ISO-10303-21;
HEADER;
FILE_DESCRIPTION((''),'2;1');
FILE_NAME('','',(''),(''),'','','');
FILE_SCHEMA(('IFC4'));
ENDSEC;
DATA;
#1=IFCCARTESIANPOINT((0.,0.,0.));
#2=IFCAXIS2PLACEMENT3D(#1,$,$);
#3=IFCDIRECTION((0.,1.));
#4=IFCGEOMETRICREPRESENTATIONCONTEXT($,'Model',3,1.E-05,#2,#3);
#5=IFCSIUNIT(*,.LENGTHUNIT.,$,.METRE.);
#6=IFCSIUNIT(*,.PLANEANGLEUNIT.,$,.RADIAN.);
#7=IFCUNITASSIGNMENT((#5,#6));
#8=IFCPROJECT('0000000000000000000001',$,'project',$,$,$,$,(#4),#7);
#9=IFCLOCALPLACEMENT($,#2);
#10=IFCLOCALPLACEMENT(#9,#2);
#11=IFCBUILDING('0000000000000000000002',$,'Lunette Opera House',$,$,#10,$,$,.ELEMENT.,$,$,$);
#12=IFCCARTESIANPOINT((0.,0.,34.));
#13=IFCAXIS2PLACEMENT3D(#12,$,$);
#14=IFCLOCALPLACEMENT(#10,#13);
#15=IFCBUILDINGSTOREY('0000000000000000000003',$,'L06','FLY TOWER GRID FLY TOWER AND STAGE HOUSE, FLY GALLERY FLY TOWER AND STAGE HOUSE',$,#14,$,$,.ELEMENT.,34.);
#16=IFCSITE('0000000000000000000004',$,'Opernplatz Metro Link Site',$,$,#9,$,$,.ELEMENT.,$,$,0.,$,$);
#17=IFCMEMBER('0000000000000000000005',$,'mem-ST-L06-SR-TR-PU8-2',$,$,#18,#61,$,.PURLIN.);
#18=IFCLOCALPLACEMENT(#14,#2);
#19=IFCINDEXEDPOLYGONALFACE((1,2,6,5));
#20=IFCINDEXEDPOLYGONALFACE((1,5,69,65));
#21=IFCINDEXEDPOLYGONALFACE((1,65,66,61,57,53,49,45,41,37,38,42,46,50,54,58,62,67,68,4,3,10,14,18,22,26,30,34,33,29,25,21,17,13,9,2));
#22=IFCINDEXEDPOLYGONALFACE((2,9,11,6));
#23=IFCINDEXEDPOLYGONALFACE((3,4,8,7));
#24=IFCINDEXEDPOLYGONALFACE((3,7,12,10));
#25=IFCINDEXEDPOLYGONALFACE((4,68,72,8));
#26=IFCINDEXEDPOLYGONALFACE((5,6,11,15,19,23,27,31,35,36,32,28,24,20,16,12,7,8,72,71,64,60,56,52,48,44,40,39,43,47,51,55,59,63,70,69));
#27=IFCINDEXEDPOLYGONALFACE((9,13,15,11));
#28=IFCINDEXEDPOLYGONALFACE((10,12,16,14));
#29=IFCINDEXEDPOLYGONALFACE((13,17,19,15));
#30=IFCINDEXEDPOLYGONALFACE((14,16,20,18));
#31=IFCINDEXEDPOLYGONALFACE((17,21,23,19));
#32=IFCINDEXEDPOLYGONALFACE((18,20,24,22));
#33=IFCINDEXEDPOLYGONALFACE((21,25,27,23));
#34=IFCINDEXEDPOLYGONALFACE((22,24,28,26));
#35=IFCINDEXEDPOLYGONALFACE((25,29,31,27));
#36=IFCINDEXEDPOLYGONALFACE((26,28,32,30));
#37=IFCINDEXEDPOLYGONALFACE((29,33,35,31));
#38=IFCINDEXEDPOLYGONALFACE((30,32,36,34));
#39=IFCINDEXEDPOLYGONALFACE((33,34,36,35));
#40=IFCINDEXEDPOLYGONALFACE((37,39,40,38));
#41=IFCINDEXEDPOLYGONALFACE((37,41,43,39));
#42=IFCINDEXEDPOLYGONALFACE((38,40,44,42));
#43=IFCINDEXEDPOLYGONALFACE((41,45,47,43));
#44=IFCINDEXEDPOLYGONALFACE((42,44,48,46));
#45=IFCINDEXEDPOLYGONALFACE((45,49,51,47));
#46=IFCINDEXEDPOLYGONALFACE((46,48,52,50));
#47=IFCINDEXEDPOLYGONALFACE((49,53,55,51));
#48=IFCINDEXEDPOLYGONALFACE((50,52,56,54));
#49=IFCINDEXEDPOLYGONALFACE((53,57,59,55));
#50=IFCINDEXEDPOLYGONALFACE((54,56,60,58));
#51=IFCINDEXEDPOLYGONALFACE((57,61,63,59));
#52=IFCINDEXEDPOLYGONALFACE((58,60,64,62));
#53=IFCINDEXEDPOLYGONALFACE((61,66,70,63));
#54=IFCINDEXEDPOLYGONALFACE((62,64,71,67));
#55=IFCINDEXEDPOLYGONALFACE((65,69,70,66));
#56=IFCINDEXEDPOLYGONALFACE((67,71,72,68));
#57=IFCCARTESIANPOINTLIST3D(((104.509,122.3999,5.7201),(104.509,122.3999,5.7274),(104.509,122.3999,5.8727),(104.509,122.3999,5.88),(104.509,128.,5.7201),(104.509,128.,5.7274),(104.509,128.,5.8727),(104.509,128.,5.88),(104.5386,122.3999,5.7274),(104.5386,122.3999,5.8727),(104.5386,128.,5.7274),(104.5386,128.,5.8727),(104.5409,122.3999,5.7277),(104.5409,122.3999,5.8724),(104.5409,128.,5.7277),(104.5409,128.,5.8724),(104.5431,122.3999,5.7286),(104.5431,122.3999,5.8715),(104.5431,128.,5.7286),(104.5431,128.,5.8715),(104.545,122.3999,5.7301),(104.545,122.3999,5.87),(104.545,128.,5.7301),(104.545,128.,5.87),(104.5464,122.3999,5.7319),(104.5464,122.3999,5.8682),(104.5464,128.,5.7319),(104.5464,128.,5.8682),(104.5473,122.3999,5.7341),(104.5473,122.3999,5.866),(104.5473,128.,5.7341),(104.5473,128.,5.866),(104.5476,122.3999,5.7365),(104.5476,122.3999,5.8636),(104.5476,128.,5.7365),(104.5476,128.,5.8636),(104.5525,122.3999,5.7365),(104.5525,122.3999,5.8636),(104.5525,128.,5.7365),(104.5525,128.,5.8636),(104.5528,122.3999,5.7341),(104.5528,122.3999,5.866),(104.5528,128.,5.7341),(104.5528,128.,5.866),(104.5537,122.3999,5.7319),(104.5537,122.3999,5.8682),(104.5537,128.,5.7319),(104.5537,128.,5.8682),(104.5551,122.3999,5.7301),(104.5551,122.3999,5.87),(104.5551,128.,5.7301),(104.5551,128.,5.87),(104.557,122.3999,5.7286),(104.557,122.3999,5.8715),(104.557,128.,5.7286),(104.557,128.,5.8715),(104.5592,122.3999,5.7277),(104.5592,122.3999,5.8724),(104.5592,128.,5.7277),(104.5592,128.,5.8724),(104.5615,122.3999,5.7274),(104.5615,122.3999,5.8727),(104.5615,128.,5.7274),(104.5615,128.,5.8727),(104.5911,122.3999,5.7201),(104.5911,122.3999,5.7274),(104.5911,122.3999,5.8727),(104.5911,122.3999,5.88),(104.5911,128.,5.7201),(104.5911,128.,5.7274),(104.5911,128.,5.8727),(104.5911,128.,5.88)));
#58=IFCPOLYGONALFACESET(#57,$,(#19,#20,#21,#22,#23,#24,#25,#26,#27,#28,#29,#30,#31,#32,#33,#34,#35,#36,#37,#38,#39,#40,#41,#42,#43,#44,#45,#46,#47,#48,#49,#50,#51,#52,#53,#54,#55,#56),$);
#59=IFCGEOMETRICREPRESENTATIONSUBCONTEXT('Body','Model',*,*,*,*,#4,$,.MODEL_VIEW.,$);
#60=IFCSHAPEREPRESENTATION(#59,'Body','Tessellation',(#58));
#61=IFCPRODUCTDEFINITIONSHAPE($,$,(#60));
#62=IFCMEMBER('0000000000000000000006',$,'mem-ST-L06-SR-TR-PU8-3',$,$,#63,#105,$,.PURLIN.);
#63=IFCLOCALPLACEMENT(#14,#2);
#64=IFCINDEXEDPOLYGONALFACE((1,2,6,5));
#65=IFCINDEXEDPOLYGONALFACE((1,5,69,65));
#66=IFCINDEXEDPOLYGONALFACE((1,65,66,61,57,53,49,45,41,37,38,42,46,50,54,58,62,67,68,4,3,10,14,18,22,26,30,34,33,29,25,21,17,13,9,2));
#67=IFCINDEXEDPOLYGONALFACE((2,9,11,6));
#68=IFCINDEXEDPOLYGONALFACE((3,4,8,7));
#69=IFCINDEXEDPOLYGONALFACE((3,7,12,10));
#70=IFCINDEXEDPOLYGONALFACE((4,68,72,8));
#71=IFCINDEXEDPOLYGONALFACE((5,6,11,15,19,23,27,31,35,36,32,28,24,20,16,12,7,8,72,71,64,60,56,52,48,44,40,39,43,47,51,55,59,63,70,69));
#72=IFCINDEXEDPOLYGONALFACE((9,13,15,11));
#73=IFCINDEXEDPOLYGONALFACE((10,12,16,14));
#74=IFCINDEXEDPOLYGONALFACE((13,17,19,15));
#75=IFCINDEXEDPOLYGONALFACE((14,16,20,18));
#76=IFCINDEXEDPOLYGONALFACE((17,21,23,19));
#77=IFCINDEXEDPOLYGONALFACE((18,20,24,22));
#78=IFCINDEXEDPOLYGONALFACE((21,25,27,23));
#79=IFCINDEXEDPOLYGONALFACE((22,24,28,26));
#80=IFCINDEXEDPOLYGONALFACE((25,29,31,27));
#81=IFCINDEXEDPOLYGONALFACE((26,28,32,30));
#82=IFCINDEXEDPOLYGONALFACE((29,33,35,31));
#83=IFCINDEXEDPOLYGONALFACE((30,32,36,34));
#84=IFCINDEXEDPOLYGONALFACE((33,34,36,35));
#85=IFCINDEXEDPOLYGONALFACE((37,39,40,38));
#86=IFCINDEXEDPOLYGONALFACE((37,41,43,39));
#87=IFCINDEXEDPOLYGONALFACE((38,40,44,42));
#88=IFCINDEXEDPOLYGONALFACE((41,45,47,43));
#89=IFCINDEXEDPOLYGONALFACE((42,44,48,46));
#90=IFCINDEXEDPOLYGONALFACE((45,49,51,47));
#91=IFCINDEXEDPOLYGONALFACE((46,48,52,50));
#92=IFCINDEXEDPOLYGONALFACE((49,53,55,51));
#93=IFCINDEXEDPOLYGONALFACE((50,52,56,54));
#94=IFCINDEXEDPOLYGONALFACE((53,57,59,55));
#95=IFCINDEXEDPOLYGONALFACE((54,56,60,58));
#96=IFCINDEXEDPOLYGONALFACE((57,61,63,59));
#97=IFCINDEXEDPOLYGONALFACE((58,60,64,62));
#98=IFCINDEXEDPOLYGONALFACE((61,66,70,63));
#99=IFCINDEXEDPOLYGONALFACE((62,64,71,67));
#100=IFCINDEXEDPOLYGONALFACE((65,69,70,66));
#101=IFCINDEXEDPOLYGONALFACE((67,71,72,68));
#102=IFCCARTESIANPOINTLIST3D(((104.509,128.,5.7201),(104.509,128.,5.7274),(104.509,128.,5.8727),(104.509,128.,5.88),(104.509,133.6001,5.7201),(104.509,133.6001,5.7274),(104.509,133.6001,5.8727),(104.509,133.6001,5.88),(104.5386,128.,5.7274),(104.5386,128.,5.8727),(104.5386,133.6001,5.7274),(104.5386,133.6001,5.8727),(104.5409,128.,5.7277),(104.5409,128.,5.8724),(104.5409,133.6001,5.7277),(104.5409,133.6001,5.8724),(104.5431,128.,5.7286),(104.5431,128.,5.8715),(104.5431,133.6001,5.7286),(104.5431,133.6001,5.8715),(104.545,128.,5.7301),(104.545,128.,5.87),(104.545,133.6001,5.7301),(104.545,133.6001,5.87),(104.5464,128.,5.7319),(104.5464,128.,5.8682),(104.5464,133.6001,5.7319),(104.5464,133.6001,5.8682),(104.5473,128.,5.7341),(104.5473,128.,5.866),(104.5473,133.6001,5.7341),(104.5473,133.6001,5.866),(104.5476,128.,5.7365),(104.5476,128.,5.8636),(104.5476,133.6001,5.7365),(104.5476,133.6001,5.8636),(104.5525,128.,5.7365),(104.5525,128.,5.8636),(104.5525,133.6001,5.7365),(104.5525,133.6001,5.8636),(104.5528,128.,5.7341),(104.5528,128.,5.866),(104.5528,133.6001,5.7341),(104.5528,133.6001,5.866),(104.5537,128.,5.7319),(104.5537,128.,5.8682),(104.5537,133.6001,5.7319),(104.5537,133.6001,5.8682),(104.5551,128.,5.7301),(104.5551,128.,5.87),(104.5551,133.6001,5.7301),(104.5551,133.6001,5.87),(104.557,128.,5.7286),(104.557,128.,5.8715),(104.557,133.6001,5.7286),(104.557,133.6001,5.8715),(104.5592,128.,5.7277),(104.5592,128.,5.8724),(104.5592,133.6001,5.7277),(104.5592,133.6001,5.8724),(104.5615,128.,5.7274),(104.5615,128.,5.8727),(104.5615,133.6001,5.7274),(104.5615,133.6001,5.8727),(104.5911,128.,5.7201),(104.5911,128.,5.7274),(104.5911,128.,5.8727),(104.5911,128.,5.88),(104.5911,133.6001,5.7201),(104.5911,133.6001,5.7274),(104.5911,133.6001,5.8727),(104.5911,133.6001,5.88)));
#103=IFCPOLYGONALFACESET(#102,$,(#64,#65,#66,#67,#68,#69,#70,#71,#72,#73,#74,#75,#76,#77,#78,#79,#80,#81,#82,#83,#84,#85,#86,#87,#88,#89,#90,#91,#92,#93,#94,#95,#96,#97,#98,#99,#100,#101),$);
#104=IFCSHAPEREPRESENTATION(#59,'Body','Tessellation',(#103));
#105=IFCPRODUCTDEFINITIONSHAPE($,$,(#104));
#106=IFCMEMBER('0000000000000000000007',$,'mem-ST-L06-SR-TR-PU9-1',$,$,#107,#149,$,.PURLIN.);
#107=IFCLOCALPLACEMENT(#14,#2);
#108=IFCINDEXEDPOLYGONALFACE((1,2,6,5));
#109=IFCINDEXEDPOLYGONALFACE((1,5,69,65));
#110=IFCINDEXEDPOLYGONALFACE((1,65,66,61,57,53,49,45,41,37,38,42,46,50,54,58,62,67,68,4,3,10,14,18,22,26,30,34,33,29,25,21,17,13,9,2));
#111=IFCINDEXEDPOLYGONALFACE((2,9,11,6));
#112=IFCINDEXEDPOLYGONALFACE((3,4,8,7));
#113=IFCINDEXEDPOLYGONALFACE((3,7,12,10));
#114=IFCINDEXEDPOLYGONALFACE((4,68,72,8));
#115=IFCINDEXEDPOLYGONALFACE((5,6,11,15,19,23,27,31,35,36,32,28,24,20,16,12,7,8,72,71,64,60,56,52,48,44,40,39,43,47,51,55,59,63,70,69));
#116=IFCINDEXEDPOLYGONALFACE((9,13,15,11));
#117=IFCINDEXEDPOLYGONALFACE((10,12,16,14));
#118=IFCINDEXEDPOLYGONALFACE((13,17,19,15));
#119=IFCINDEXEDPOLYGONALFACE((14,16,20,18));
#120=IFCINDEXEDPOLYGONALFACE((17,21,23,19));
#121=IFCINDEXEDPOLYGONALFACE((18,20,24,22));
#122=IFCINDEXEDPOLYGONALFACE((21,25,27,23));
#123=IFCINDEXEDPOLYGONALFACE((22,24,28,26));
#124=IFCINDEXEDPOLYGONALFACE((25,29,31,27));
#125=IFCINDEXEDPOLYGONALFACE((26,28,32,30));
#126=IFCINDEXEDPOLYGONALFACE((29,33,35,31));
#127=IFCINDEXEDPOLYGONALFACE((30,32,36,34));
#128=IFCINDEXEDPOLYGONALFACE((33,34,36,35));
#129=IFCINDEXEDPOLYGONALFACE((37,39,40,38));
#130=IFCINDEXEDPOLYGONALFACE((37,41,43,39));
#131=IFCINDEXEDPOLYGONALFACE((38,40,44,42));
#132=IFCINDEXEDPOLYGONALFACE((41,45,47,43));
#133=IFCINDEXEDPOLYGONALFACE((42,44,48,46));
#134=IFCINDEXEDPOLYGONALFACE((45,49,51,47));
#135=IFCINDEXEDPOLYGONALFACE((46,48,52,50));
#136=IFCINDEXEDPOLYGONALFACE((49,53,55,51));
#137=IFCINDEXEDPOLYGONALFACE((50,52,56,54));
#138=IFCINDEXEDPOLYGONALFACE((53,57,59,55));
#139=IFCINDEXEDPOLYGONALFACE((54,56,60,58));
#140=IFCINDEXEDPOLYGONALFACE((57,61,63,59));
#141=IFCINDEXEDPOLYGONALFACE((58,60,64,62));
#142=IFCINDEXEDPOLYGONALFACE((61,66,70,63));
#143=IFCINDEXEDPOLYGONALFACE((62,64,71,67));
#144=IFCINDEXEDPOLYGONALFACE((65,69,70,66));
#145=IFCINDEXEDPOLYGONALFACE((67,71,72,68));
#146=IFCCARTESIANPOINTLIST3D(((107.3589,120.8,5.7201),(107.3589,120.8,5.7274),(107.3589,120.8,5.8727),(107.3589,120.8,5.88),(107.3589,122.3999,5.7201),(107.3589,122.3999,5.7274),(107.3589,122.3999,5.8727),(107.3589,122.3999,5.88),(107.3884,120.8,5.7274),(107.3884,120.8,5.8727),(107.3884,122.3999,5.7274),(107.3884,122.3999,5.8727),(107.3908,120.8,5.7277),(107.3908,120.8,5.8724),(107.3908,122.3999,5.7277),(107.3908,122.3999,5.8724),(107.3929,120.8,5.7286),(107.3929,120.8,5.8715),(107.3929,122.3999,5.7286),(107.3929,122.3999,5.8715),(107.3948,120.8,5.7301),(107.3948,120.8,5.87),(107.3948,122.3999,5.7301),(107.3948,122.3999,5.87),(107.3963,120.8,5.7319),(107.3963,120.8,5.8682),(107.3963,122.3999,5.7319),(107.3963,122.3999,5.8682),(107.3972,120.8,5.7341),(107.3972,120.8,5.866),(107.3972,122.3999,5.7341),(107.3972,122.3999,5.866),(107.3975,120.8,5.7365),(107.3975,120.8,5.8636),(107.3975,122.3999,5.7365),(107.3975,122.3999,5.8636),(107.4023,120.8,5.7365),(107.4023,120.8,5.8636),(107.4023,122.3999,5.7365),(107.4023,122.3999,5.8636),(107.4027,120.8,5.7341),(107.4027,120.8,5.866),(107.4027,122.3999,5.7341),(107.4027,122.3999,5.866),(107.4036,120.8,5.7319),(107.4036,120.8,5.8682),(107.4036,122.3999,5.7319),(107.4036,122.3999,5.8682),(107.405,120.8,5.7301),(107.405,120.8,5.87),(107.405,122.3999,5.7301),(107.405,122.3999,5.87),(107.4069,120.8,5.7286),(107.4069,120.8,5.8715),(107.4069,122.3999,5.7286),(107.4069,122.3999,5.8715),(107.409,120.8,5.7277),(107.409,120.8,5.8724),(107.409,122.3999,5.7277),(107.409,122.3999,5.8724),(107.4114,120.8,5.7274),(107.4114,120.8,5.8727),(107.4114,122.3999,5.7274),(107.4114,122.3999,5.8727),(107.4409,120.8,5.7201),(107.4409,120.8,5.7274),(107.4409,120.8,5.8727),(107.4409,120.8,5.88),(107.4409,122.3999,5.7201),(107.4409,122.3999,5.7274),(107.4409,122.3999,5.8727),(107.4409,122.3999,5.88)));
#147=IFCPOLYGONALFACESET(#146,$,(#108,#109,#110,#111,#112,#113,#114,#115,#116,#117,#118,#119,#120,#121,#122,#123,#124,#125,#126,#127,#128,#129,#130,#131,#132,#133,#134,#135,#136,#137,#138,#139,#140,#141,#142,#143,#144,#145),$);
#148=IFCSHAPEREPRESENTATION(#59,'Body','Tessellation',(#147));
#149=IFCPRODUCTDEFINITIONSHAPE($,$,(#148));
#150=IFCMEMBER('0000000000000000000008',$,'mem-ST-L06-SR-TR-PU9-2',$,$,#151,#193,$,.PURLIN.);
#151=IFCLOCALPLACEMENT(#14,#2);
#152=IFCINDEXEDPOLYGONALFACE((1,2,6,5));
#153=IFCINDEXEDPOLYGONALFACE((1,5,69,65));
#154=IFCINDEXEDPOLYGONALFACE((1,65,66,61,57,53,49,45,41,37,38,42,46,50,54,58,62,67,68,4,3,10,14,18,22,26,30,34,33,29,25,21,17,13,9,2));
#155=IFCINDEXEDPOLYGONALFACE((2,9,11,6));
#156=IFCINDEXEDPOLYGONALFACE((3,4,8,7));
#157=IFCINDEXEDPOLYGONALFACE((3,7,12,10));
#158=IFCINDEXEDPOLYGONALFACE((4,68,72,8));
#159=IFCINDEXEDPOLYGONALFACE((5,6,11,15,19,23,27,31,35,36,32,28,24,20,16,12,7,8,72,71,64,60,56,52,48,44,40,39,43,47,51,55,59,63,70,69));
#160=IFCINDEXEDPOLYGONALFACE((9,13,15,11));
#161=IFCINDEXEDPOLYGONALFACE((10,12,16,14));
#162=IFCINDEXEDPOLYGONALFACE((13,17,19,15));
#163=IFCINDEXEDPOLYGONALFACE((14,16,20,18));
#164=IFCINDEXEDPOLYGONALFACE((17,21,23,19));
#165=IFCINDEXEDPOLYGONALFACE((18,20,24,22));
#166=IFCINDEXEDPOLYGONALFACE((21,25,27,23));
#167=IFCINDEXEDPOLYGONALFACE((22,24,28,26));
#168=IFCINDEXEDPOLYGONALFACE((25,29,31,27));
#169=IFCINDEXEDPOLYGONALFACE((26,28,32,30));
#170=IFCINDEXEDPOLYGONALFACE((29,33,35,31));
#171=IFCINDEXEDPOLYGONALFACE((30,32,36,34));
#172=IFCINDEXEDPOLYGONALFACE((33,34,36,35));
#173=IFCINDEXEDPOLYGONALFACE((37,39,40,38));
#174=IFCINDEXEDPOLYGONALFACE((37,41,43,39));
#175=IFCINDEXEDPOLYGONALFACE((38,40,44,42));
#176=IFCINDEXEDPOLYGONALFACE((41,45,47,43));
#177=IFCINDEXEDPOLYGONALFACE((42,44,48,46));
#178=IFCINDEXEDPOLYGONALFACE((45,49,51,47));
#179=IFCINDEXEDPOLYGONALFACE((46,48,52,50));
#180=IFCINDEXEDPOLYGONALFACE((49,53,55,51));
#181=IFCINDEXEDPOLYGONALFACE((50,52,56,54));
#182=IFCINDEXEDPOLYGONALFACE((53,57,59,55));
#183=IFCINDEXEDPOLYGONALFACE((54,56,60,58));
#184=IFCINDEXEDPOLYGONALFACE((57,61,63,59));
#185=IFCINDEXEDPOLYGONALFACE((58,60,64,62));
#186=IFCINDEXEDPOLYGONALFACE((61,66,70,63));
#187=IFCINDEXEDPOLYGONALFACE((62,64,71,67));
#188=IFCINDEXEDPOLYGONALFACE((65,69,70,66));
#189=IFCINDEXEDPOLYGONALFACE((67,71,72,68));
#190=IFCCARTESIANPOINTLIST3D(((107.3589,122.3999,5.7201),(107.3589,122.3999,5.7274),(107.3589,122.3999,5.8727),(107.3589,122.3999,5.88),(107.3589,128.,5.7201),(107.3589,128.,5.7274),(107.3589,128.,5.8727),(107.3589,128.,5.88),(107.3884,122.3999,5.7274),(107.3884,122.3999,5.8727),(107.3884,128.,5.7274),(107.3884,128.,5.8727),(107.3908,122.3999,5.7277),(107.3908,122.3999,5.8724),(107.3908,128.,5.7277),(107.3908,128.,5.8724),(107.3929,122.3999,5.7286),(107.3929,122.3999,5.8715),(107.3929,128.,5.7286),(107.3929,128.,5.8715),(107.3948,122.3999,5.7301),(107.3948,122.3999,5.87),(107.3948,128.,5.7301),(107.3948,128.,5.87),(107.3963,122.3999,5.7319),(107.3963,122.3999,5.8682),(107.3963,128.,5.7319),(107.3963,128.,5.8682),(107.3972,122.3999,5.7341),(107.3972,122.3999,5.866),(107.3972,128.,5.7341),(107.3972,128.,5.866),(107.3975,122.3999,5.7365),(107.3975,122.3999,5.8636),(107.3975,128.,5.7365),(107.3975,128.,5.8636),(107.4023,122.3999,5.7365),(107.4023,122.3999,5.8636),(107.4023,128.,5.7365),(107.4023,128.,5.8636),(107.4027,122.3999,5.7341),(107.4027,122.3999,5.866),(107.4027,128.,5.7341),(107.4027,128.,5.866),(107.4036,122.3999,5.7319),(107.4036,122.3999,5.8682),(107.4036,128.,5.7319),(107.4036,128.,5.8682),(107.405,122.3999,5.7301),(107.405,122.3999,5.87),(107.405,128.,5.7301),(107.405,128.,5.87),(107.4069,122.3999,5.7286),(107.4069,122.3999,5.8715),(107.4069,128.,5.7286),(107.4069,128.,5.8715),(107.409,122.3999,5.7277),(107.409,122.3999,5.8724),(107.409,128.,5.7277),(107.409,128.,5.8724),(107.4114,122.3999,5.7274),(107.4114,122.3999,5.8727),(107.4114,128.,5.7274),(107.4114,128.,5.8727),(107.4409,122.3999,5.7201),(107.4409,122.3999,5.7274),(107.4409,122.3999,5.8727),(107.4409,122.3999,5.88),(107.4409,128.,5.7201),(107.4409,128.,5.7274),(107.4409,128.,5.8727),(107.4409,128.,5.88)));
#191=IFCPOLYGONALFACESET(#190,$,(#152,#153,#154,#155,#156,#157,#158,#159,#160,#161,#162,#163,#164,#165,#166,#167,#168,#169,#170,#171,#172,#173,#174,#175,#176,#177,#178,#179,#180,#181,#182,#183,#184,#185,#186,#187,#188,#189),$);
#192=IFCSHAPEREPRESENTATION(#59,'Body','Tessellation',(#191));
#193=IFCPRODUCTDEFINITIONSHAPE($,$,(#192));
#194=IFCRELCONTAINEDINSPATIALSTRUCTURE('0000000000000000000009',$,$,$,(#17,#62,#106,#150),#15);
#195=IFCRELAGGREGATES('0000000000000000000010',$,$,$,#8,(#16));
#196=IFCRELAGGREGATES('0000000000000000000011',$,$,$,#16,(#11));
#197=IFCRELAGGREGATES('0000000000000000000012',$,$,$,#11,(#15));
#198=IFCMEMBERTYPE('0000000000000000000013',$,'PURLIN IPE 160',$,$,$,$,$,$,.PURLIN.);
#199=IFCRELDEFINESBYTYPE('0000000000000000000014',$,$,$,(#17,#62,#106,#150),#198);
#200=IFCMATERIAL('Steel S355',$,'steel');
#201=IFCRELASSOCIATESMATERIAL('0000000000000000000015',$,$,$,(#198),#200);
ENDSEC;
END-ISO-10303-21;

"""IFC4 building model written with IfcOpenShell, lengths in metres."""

from ifc_helpers import new_model, si_unit, direction, frame, origin, origin_2d, place, context, subcontext, project, spatial, i_section, extrude, material, material_profile, profile_set, type_object, element, save


model = new_model("IFC4")

# Units and contexts
model_context = context("Model", 3, precision=1e-05, world=origin(), true_north=direction((0.0, 1.0)))
body_context = subcontext(model_context, "Body", "Model", "MODEL_VIEW")
ifc_project = project(units=[si_unit("LENGTHUNIT", "METRE"), si_unit("PLANEANGLEUNIT", "RADIAN")], contexts=[model_context])

# Site, building, storey
site_placement = place(None, origin())
site = spatial("IfcSite", under=ifc_project, at=site_placement, Name="Opernplatz Metro Link Site", CompositionType="ELEMENT", RefElevation=0.0)
building_placement = place(site_placement, origin())
building = spatial("IfcBuilding", under=site, at=building_placement, Name="Lunette Opera House", CompositionType="ELEMENT")
storey_placement = place(building_placement, frame((0.0, 0.0, 34.0)))
storey = spatial("IfcBuildingStorey", under=building, at=storey_placement, Name="L06", Description="FLY TOWER GRID FLY TOWER AND STAGE HOUSE, FLY GALLERY FLY TOWER AND STAGE HOUSE", CompositionType="ELEMENT", Elevation=34.0)

# Members
ifc_material_1 = material(Name="Steel S355", Category="steel")
ifc_material_profile_1 = material_profile(ifc_material_1, i_section(OverallWidth=0.082, OverallDepth=0.1599, WebThickness=0.0049, FlangeThickness=0.0073, FilletRadius=0.009, at=origin_2d()), Name="IPE 160")
ifc_profile_set_1 = profile_set([ifc_material_profile_1], Name="Steel S355")
member_type_1 = type_object("IfcMemberType", Name="PURLIN IPE 160", PredefinedType="PURLIN", material=ifc_profile_set_1)
for number, where, z_axis, x_axis, name in (
    (1, (104.55, 122.3999, 5.8), (0.0, 1.0, 0.0), (-1.0, 0.0, 0.0), "mem-ST-L06-SR-TR-PU8-2"),
    (2, (104.55, 128.0, 5.8), (0.0, 1.0, 0.0), (-1.0, 0.0, 0.0), "mem-ST-L06-SR-TR-PU8-3"),
):
    element("IfcMember", number, at=place(storey_placement, frame(where, z_axis=z_axis, x_axis=x_axis)), inside=storey, type_object=member_type_1, Name=name, PredefinedType="PURLIN", context=body_context, shape_type="SweptSolid", body=[
        extrude(i_section(OverallWidth=0.082, OverallDepth=0.1599, WebThickness=0.0049, FlangeThickness=0.0073, FilletRadius=0.009, at=origin_2d()), origin(), (0.0, 0.0, 1.0), 5.6001),
    ])
member_1_placement = place(storey_placement, frame((107.3999, 120.8, 5.8), z_axis=(0.0, 1.0, 0.0), x_axis=(-1.0, 0.0, 0.0)))
element("IfcMember", 3, at=member_1_placement, inside=storey, type_object=member_type_1, Name="mem-ST-L06-SR-TR-PU9-1", PredefinedType="PURLIN", context=body_context, shape_type="SweptSolid", body=[
    extrude(i_section(OverallWidth=0.082, OverallDepth=0.1599, WebThickness=0.0049, FlangeThickness=0.0073, FilletRadius=0.009, at=origin_2d()), origin(), (0.0, 0.0, 1.0), 1.5999),
])
member_2_placement = place(storey_placement, frame((107.3999, 122.3999, 5.8), z_axis=(0.0, 1.0, 0.0), x_axis=(-1.0, 0.0, 0.0)))
element("IfcMember", 4, at=member_2_placement, inside=storey, type_object=member_type_1, Name="mem-ST-L06-SR-TR-PU9-2", PredefinedType="PURLIN", context=body_context, shape_type="SweptSolid", body=[
    extrude(i_section(OverallWidth=0.082, OverallDepth=0.1599, WebThickness=0.0049, FlangeThickness=0.0073, FilletRadius=0.009, at=origin_2d()), origin(), (0.0, 0.0, 1.0), 5.6001),
])

save(model, "model.ifc")
